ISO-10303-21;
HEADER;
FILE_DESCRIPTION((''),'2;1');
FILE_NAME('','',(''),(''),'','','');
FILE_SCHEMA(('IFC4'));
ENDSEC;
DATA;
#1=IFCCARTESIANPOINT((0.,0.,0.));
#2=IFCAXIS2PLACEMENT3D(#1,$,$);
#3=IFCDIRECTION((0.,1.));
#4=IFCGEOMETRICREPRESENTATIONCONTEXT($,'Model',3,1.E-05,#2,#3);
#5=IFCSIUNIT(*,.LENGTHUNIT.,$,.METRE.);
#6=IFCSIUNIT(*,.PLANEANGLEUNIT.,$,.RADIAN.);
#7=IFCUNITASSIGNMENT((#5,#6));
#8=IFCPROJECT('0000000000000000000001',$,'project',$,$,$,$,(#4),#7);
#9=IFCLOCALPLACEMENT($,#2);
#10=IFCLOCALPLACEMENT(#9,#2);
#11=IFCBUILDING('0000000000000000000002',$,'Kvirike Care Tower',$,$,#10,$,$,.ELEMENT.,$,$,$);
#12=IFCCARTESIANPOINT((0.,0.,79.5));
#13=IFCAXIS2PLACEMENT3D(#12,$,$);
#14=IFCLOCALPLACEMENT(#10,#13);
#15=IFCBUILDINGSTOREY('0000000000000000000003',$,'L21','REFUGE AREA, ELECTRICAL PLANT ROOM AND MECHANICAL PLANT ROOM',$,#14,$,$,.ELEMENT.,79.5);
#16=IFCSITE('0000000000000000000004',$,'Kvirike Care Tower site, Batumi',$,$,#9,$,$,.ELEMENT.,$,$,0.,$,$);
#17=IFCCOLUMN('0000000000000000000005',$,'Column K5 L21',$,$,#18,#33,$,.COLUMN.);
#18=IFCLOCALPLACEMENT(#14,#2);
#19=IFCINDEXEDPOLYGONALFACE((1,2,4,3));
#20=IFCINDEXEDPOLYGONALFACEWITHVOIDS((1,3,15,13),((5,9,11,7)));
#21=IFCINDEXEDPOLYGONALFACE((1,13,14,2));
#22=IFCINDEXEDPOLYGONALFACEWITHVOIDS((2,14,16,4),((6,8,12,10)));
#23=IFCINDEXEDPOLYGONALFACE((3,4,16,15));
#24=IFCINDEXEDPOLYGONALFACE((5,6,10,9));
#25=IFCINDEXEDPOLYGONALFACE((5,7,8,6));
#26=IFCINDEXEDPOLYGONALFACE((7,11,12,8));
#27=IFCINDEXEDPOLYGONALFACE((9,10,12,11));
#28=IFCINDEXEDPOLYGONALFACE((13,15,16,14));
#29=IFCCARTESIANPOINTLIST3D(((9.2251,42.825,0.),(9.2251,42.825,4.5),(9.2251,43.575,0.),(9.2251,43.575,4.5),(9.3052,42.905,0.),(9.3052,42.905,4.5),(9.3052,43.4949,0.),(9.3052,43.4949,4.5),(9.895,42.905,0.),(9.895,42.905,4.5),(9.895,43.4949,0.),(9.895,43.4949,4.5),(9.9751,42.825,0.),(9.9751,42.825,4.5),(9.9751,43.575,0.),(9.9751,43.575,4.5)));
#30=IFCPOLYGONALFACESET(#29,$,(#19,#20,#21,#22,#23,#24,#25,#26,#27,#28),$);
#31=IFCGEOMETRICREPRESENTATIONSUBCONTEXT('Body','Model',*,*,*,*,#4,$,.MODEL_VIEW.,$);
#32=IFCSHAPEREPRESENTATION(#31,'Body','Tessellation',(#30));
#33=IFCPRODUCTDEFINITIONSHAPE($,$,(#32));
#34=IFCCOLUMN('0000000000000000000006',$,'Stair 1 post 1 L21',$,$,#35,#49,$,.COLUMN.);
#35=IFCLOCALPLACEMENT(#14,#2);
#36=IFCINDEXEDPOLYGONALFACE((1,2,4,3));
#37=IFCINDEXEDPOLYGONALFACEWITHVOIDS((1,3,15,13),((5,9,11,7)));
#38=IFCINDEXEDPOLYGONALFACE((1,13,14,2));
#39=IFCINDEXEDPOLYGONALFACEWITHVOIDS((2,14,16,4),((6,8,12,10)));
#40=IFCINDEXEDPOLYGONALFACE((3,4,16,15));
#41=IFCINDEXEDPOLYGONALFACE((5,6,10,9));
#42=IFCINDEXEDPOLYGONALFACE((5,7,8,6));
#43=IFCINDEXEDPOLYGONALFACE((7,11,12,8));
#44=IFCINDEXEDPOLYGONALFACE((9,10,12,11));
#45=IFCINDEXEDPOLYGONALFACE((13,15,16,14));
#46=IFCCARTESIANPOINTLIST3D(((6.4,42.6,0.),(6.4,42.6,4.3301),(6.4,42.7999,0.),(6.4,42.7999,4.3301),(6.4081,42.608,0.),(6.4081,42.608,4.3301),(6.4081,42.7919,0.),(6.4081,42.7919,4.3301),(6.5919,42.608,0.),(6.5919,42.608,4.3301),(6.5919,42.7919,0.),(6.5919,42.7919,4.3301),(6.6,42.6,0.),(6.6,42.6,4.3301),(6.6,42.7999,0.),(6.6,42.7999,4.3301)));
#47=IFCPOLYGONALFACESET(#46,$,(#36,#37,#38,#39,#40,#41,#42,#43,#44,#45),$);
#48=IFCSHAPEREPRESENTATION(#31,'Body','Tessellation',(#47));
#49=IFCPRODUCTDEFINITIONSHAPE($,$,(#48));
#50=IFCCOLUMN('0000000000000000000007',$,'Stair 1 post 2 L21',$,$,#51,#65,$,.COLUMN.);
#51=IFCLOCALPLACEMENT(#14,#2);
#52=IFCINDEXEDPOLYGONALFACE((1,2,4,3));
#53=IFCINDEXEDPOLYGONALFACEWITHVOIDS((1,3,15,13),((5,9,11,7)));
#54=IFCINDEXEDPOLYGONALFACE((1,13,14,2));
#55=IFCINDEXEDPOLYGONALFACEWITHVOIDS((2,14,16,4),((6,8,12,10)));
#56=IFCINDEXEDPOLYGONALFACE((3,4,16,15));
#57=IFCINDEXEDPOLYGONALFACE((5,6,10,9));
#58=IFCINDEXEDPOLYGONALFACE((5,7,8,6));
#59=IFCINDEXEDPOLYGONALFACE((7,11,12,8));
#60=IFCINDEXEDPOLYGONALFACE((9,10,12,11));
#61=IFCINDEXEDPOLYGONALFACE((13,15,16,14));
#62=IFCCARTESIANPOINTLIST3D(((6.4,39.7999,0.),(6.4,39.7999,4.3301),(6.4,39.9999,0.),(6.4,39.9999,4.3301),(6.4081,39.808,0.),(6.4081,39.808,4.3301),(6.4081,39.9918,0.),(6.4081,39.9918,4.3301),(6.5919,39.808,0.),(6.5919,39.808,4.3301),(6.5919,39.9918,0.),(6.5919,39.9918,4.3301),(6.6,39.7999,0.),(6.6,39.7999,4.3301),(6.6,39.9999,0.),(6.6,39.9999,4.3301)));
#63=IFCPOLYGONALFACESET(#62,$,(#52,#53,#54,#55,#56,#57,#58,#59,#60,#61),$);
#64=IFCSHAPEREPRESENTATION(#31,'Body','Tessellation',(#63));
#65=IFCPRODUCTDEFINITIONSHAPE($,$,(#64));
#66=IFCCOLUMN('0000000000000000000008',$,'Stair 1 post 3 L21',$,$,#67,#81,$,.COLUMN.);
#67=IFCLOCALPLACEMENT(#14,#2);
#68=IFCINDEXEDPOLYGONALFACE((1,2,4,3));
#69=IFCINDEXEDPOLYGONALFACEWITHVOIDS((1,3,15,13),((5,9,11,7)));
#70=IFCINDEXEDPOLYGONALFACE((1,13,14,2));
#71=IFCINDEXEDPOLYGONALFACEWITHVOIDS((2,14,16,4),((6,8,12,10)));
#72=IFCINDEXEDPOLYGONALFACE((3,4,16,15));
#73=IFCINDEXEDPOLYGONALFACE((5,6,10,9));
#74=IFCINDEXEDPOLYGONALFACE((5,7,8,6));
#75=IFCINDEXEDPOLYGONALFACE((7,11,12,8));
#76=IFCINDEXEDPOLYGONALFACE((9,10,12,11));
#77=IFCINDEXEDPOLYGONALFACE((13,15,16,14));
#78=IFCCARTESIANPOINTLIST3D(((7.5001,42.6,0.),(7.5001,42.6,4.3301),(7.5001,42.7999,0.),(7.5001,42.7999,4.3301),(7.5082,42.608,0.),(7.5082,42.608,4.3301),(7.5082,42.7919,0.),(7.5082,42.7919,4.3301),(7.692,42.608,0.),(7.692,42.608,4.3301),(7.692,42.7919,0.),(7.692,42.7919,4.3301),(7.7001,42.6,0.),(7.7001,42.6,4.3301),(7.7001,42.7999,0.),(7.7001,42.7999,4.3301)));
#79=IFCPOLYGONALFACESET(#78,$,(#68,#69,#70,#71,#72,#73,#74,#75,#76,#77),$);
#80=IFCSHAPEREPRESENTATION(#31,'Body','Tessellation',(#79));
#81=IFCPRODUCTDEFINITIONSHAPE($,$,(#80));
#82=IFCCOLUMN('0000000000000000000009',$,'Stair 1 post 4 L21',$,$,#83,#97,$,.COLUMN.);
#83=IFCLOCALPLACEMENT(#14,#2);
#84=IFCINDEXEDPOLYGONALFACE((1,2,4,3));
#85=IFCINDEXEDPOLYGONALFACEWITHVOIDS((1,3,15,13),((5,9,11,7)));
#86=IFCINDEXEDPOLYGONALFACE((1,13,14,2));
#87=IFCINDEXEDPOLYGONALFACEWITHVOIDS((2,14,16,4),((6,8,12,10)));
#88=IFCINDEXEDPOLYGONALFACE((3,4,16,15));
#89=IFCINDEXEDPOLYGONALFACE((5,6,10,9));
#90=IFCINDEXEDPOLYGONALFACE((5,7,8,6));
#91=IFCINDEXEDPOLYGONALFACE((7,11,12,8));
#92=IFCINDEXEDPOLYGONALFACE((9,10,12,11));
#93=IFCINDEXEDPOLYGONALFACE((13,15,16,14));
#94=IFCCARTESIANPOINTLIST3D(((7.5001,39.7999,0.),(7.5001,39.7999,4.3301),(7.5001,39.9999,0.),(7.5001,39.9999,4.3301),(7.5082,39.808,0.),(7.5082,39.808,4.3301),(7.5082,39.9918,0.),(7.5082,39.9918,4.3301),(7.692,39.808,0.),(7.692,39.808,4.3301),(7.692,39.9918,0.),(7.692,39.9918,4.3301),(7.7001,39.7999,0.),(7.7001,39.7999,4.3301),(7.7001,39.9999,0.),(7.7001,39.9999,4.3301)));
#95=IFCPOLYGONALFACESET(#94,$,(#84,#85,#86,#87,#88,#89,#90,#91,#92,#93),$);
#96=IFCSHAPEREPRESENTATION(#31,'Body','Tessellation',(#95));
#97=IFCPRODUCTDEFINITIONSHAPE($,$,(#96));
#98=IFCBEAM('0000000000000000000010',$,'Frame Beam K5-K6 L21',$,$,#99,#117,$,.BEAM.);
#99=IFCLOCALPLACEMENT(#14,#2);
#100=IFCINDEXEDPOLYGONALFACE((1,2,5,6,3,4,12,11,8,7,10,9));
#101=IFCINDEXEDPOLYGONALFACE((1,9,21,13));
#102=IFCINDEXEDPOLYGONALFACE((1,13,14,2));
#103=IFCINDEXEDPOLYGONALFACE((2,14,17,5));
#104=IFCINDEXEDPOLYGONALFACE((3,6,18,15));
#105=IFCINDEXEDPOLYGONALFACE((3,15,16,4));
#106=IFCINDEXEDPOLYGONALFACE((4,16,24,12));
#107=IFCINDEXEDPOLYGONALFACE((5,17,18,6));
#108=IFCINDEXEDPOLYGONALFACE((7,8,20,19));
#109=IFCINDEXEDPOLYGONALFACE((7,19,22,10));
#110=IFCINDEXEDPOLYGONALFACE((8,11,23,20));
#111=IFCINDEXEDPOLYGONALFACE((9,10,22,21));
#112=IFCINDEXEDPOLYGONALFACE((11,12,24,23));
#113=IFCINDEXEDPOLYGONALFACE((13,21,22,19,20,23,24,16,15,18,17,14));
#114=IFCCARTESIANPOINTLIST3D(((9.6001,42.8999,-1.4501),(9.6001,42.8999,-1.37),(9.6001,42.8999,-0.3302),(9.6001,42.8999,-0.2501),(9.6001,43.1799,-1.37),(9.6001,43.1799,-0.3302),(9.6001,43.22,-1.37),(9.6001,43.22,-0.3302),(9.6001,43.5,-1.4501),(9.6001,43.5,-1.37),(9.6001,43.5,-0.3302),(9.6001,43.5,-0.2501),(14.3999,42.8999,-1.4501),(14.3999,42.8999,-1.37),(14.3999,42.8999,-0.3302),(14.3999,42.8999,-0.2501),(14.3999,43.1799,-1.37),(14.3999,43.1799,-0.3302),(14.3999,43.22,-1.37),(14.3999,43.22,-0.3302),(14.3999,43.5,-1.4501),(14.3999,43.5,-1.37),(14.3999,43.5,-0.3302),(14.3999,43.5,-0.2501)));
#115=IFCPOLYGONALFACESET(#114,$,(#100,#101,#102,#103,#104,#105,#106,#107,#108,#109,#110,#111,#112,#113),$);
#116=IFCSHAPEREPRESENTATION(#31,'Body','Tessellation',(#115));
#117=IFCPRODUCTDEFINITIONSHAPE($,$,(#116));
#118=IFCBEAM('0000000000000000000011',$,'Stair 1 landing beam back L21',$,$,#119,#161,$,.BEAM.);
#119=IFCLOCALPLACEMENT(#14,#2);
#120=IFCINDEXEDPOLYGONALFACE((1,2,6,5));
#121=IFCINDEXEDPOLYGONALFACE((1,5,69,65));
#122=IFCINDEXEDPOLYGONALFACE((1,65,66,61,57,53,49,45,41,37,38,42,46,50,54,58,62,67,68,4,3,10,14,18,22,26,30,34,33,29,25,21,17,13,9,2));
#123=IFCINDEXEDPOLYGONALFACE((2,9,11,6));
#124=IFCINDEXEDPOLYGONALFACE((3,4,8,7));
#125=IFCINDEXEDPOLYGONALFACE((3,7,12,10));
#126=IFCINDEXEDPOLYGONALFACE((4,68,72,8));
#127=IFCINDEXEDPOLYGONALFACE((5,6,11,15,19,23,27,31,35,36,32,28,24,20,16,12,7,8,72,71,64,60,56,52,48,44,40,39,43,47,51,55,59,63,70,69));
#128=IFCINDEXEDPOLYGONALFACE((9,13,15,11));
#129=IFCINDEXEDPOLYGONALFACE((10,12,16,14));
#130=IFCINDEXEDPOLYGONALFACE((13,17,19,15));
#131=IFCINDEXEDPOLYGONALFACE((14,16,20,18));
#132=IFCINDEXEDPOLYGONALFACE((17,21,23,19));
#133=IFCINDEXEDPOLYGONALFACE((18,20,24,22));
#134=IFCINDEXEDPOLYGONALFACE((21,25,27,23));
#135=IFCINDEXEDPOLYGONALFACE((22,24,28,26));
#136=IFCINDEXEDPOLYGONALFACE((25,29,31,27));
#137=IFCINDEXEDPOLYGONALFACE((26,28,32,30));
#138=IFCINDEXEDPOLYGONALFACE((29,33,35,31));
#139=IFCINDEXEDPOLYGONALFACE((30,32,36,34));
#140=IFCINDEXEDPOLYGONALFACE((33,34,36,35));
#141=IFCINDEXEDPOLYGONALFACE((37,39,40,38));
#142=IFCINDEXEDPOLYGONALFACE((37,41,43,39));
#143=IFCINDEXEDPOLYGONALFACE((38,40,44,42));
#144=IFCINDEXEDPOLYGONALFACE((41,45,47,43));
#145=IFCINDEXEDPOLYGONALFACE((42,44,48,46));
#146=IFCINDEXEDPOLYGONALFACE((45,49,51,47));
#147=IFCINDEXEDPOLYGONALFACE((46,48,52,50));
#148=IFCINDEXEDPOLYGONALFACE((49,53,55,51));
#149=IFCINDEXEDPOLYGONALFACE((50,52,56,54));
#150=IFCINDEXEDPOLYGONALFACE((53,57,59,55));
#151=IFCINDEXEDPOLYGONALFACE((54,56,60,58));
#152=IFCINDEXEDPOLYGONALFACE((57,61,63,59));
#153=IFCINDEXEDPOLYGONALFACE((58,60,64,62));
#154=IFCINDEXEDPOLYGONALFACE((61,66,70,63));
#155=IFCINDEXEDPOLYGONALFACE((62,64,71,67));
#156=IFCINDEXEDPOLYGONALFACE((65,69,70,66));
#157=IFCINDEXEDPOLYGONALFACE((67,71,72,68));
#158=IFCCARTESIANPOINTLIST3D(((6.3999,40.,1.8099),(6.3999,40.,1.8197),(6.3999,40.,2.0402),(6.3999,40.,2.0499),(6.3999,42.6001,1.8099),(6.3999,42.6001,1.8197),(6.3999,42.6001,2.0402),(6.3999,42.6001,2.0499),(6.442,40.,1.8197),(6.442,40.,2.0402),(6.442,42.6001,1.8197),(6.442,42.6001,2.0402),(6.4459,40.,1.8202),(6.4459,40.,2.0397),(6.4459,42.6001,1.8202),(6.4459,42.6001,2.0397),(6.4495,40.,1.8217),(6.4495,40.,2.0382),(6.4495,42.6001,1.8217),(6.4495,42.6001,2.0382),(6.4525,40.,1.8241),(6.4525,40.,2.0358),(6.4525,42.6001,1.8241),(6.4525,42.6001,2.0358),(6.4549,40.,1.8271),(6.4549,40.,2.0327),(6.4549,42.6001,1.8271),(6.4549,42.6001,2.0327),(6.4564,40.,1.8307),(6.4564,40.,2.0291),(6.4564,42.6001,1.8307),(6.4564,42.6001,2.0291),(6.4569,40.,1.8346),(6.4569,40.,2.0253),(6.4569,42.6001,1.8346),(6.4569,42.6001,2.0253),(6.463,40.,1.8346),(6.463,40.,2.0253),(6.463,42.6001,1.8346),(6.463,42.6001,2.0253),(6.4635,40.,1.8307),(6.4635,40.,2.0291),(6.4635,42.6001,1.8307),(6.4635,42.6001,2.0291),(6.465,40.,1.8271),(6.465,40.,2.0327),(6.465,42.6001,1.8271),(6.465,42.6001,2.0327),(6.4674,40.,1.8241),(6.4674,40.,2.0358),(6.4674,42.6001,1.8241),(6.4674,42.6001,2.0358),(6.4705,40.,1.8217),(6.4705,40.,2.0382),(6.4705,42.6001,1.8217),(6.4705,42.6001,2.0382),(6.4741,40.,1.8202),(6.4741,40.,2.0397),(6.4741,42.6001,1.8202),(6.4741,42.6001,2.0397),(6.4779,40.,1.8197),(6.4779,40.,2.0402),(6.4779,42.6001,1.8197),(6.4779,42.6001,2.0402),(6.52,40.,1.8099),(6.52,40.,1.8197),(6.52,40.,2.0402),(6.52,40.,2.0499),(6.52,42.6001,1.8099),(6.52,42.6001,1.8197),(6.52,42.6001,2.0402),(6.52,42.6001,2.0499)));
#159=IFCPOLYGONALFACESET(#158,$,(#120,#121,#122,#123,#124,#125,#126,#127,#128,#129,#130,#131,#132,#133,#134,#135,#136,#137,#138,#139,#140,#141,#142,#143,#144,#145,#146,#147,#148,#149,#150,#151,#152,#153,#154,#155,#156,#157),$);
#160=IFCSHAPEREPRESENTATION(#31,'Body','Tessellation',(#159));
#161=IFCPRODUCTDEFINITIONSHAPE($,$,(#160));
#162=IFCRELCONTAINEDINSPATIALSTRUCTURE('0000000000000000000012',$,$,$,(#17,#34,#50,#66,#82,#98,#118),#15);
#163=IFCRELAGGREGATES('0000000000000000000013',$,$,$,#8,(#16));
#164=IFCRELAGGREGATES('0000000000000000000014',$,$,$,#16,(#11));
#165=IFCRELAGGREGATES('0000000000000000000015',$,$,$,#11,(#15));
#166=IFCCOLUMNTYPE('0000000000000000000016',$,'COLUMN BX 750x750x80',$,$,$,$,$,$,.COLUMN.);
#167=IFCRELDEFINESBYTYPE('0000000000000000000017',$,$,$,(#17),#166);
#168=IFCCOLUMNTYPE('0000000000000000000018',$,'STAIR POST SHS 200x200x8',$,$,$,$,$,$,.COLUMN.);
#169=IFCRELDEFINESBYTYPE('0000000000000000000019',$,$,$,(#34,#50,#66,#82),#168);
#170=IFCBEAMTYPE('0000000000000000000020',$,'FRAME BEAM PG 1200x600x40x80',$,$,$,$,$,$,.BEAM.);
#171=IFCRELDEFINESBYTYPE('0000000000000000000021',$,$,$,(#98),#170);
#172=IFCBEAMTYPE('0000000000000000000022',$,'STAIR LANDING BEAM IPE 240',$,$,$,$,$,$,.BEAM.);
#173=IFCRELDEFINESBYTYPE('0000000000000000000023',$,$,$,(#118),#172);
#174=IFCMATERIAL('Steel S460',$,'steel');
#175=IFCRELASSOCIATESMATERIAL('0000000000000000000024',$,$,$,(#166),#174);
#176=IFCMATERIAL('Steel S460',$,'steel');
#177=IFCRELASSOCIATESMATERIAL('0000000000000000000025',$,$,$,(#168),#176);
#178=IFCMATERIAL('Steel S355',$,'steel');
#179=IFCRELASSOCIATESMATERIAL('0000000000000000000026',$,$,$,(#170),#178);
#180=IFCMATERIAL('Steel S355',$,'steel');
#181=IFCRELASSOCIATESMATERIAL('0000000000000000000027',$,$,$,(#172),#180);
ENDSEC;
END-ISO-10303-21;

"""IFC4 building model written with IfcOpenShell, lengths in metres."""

from ifc_helpers import new_model, si_unit, direction, frame, origin, origin_2d, place, context, subcontext, project, spatial, hollow_rectangle, i_section, extrude, material, material_profile, profile_set, type_object, element, save


model = new_model("IFC4")

# Units and contexts
model_context = context("Model", 3, precision=1e-05, world=origin(), true_north=direction((0.0, 1.0)))
body_context = subcontext(model_context, "Body", "Model", "MODEL_VIEW")
ifc_project = project(units=[si_unit("LENGTHUNIT", "METRE"), si_unit("PLANEANGLEUNIT", "RADIAN")], contexts=[model_context])

# Site, building, storey
site_placement = place(None, origin())
site = spatial("IfcSite", under=ifc_project, at=site_placement, Name="Kvirike Care Tower site, Batumi", CompositionType="ELEMENT", RefElevation=0.0)
building_placement = place(site_placement, origin())
building = spatial("IfcBuilding", under=site, at=building_placement, Name="Kvirike Care Tower", CompositionType="ELEMENT")
storey_placement = place(building_placement, frame((0.0, 0.0, 79.5)))
storey = spatial("IfcBuildingStorey", under=building, at=storey_placement, Name="L21", Description="REFUGE AREA, ELECTRICAL PLANT ROOM AND MECHANICAL PLANT ROOM", CompositionType="ELEMENT", Elevation=79.5)

# Columns
ifc_material_1 = material(Name="Steel S460", Category="steel")
ifc_material_profile_1 = material_profile(ifc_material_1, hollow_rectangle(XDim=0.75, YDim=0.75, WallThickness=0.0801, at=origin_2d()), Name="BX 750x750x80")
ifc_profile_set_1 = profile_set([ifc_material_profile_1], Name="Steel S460")
column_type_1 = type_object("IfcColumnType", Name="COLUMN BX 750x750x80", PredefinedType="COLUMN", material=ifc_profile_set_1)
column_placement = place(storey_placement, frame((9.6001, 43.2, 0.0), z_axis=(0.0, 0.0, 1.0), x_axis=(0.0, 1.0, 0.0)))
element("IfcColumn", 1, at=column_placement, inside=storey, type_object=column_type_1, Name="Column K5 L21", PredefinedType="COLUMN", context=body_context, shape_type="SweptSolid", body=[
    extrude(hollow_rectangle(XDim=0.75, YDim=0.75, WallThickness=0.0801, at=origin_2d()), origin(), (0.0, 0.0, 1.0), 4.5),
])
ifc_material_2 = material(Name="Steel S460", Category="steel")
ifc_material_profile_2 = material_profile(ifc_material_2, hollow_rectangle(XDim=0.2, YDim=0.2, WallThickness=0.0081, at=origin_2d()), Name="SHS 200x200x8")
ifc_profile_set_2 = profile_set([ifc_material_profile_2], Name="Steel S460")
column_type_2 = type_object("IfcColumnType", Name="STAIR POST SHS 200x200x8", PredefinedType="COLUMN", material=ifc_profile_set_2)
for number, where, z_axis, x_axis, name in (
    (2, (6.5, 42.7, 0.0), (0.0, 0.0, 1.0), (1.0, 0.0, 0.0), "Stair 1 post 1 L21"),
    (3, (6.5, 39.8999, 0.0), (0.0, 0.0, 1.0), (1.0, 0.0, 0.0), "Stair 1 post 2 L21"),
    (4, (7.6001, 42.7, 0.0), (0.0, 0.0, 1.0), (1.0, 0.0, 0.0), "Stair 1 post 3 L21"),
    (5, (7.6001, 39.8999, 0.0), (0.0, 0.0, 1.0), (1.0, 0.0, 0.0), "Stair 1 post 4 L21"),
):
    element("IfcColumn", number, at=place(storey_placement, frame(where, z_axis=z_axis, x_axis=x_axis)), inside=storey, type_object=column_type_2, Name=name, PredefinedType="COLUMN", context=body_context, shape_type="SweptSolid", body=[
        extrude(hollow_rectangle(XDim=0.2, YDim=0.2, WallThickness=0.0081, at=origin_2d()), origin(), (0.0, 0.0, 1.0), 4.3301),
    ])

# Beams
ifc_material_3 = material(Name="Steel S355", Category="steel")
ifc_material_profile_3 = material_profile(ifc_material_3, i_section(OverallWidth=0.6001, OverallDepth=1.2, WebThickness=0.04, FlangeThickness=0.0801, at=origin_2d()), Name="PG 1200x600x40x80")
ifc_profile_set_3 = profile_set([ifc_material_profile_3], Name="Steel S355")
beam_type_1 = type_object("IfcBeamType", Name="FRAME BEAM PG 1200x600x40x80", PredefinedType="BEAM", material=ifc_profile_set_3)
beam_placement = place(storey_placement, frame((9.6001, 43.2, -0.8501), z_axis=(1.0, 0.0, 0.0), x_axis=(0.0, 1.0, 0.0)))
element("IfcBeam", 6, at=beam_placement, inside=storey, type_object=beam_type_1, Name="Frame Beam K5-K6 L21", PredefinedType="BEAM", context=body_context, shape_type="SweptSolid", body=[
    extrude(i_section(OverallWidth=0.6001, OverallDepth=1.2, WebThickness=0.04, FlangeThickness=0.0801, at=origin_2d()), origin(), (0.0, 0.0, 1.0), 4.7998),
])
ifc_material_4 = material(Name="Steel S355", Category="steel")
ifc_material_profile_4 = material_profile(ifc_material_4, i_section(OverallWidth=0.1201, OverallDepth=0.24, WebThickness=0.0061, FlangeThickness=0.0098, FilletRadius=0.0149, at=origin_2d()), Name="IPE 240")
ifc_profile_set_4 = profile_set([ifc_material_profile_4], Name="Steel S355")
beam_type_2 = type_object("IfcBeamType", Name="STAIR LANDING BEAM IPE 240", PredefinedType="BEAM", material=ifc_profile_set_4)
for number, where, z_axis, x_axis, name in (
    (7, (6.46, 42.6001, 1.9299), (0.0, -1.0, 0.0), (1.0, 0.0, 0.0), "Stair 1 landing beam back L21"),
):
    element("IfcBeam", number, at=place(storey_placement, frame(where, z_axis=z_axis, x_axis=x_axis)), inside=storey, type_object=beam_type_2, Name=name, PredefinedType="BEAM", context=body_context, shape_type="SweptSolid", body=[
        extrude(i_section(OverallWidth=0.1201, OverallDepth=0.24, WebThickness=0.0061, FlangeThickness=0.0098, FilletRadius=0.0149, at=origin_2d()), origin(), (0.0, 0.0, 1.0), 2.6001),
    ])

save(model, "model.ifc")
